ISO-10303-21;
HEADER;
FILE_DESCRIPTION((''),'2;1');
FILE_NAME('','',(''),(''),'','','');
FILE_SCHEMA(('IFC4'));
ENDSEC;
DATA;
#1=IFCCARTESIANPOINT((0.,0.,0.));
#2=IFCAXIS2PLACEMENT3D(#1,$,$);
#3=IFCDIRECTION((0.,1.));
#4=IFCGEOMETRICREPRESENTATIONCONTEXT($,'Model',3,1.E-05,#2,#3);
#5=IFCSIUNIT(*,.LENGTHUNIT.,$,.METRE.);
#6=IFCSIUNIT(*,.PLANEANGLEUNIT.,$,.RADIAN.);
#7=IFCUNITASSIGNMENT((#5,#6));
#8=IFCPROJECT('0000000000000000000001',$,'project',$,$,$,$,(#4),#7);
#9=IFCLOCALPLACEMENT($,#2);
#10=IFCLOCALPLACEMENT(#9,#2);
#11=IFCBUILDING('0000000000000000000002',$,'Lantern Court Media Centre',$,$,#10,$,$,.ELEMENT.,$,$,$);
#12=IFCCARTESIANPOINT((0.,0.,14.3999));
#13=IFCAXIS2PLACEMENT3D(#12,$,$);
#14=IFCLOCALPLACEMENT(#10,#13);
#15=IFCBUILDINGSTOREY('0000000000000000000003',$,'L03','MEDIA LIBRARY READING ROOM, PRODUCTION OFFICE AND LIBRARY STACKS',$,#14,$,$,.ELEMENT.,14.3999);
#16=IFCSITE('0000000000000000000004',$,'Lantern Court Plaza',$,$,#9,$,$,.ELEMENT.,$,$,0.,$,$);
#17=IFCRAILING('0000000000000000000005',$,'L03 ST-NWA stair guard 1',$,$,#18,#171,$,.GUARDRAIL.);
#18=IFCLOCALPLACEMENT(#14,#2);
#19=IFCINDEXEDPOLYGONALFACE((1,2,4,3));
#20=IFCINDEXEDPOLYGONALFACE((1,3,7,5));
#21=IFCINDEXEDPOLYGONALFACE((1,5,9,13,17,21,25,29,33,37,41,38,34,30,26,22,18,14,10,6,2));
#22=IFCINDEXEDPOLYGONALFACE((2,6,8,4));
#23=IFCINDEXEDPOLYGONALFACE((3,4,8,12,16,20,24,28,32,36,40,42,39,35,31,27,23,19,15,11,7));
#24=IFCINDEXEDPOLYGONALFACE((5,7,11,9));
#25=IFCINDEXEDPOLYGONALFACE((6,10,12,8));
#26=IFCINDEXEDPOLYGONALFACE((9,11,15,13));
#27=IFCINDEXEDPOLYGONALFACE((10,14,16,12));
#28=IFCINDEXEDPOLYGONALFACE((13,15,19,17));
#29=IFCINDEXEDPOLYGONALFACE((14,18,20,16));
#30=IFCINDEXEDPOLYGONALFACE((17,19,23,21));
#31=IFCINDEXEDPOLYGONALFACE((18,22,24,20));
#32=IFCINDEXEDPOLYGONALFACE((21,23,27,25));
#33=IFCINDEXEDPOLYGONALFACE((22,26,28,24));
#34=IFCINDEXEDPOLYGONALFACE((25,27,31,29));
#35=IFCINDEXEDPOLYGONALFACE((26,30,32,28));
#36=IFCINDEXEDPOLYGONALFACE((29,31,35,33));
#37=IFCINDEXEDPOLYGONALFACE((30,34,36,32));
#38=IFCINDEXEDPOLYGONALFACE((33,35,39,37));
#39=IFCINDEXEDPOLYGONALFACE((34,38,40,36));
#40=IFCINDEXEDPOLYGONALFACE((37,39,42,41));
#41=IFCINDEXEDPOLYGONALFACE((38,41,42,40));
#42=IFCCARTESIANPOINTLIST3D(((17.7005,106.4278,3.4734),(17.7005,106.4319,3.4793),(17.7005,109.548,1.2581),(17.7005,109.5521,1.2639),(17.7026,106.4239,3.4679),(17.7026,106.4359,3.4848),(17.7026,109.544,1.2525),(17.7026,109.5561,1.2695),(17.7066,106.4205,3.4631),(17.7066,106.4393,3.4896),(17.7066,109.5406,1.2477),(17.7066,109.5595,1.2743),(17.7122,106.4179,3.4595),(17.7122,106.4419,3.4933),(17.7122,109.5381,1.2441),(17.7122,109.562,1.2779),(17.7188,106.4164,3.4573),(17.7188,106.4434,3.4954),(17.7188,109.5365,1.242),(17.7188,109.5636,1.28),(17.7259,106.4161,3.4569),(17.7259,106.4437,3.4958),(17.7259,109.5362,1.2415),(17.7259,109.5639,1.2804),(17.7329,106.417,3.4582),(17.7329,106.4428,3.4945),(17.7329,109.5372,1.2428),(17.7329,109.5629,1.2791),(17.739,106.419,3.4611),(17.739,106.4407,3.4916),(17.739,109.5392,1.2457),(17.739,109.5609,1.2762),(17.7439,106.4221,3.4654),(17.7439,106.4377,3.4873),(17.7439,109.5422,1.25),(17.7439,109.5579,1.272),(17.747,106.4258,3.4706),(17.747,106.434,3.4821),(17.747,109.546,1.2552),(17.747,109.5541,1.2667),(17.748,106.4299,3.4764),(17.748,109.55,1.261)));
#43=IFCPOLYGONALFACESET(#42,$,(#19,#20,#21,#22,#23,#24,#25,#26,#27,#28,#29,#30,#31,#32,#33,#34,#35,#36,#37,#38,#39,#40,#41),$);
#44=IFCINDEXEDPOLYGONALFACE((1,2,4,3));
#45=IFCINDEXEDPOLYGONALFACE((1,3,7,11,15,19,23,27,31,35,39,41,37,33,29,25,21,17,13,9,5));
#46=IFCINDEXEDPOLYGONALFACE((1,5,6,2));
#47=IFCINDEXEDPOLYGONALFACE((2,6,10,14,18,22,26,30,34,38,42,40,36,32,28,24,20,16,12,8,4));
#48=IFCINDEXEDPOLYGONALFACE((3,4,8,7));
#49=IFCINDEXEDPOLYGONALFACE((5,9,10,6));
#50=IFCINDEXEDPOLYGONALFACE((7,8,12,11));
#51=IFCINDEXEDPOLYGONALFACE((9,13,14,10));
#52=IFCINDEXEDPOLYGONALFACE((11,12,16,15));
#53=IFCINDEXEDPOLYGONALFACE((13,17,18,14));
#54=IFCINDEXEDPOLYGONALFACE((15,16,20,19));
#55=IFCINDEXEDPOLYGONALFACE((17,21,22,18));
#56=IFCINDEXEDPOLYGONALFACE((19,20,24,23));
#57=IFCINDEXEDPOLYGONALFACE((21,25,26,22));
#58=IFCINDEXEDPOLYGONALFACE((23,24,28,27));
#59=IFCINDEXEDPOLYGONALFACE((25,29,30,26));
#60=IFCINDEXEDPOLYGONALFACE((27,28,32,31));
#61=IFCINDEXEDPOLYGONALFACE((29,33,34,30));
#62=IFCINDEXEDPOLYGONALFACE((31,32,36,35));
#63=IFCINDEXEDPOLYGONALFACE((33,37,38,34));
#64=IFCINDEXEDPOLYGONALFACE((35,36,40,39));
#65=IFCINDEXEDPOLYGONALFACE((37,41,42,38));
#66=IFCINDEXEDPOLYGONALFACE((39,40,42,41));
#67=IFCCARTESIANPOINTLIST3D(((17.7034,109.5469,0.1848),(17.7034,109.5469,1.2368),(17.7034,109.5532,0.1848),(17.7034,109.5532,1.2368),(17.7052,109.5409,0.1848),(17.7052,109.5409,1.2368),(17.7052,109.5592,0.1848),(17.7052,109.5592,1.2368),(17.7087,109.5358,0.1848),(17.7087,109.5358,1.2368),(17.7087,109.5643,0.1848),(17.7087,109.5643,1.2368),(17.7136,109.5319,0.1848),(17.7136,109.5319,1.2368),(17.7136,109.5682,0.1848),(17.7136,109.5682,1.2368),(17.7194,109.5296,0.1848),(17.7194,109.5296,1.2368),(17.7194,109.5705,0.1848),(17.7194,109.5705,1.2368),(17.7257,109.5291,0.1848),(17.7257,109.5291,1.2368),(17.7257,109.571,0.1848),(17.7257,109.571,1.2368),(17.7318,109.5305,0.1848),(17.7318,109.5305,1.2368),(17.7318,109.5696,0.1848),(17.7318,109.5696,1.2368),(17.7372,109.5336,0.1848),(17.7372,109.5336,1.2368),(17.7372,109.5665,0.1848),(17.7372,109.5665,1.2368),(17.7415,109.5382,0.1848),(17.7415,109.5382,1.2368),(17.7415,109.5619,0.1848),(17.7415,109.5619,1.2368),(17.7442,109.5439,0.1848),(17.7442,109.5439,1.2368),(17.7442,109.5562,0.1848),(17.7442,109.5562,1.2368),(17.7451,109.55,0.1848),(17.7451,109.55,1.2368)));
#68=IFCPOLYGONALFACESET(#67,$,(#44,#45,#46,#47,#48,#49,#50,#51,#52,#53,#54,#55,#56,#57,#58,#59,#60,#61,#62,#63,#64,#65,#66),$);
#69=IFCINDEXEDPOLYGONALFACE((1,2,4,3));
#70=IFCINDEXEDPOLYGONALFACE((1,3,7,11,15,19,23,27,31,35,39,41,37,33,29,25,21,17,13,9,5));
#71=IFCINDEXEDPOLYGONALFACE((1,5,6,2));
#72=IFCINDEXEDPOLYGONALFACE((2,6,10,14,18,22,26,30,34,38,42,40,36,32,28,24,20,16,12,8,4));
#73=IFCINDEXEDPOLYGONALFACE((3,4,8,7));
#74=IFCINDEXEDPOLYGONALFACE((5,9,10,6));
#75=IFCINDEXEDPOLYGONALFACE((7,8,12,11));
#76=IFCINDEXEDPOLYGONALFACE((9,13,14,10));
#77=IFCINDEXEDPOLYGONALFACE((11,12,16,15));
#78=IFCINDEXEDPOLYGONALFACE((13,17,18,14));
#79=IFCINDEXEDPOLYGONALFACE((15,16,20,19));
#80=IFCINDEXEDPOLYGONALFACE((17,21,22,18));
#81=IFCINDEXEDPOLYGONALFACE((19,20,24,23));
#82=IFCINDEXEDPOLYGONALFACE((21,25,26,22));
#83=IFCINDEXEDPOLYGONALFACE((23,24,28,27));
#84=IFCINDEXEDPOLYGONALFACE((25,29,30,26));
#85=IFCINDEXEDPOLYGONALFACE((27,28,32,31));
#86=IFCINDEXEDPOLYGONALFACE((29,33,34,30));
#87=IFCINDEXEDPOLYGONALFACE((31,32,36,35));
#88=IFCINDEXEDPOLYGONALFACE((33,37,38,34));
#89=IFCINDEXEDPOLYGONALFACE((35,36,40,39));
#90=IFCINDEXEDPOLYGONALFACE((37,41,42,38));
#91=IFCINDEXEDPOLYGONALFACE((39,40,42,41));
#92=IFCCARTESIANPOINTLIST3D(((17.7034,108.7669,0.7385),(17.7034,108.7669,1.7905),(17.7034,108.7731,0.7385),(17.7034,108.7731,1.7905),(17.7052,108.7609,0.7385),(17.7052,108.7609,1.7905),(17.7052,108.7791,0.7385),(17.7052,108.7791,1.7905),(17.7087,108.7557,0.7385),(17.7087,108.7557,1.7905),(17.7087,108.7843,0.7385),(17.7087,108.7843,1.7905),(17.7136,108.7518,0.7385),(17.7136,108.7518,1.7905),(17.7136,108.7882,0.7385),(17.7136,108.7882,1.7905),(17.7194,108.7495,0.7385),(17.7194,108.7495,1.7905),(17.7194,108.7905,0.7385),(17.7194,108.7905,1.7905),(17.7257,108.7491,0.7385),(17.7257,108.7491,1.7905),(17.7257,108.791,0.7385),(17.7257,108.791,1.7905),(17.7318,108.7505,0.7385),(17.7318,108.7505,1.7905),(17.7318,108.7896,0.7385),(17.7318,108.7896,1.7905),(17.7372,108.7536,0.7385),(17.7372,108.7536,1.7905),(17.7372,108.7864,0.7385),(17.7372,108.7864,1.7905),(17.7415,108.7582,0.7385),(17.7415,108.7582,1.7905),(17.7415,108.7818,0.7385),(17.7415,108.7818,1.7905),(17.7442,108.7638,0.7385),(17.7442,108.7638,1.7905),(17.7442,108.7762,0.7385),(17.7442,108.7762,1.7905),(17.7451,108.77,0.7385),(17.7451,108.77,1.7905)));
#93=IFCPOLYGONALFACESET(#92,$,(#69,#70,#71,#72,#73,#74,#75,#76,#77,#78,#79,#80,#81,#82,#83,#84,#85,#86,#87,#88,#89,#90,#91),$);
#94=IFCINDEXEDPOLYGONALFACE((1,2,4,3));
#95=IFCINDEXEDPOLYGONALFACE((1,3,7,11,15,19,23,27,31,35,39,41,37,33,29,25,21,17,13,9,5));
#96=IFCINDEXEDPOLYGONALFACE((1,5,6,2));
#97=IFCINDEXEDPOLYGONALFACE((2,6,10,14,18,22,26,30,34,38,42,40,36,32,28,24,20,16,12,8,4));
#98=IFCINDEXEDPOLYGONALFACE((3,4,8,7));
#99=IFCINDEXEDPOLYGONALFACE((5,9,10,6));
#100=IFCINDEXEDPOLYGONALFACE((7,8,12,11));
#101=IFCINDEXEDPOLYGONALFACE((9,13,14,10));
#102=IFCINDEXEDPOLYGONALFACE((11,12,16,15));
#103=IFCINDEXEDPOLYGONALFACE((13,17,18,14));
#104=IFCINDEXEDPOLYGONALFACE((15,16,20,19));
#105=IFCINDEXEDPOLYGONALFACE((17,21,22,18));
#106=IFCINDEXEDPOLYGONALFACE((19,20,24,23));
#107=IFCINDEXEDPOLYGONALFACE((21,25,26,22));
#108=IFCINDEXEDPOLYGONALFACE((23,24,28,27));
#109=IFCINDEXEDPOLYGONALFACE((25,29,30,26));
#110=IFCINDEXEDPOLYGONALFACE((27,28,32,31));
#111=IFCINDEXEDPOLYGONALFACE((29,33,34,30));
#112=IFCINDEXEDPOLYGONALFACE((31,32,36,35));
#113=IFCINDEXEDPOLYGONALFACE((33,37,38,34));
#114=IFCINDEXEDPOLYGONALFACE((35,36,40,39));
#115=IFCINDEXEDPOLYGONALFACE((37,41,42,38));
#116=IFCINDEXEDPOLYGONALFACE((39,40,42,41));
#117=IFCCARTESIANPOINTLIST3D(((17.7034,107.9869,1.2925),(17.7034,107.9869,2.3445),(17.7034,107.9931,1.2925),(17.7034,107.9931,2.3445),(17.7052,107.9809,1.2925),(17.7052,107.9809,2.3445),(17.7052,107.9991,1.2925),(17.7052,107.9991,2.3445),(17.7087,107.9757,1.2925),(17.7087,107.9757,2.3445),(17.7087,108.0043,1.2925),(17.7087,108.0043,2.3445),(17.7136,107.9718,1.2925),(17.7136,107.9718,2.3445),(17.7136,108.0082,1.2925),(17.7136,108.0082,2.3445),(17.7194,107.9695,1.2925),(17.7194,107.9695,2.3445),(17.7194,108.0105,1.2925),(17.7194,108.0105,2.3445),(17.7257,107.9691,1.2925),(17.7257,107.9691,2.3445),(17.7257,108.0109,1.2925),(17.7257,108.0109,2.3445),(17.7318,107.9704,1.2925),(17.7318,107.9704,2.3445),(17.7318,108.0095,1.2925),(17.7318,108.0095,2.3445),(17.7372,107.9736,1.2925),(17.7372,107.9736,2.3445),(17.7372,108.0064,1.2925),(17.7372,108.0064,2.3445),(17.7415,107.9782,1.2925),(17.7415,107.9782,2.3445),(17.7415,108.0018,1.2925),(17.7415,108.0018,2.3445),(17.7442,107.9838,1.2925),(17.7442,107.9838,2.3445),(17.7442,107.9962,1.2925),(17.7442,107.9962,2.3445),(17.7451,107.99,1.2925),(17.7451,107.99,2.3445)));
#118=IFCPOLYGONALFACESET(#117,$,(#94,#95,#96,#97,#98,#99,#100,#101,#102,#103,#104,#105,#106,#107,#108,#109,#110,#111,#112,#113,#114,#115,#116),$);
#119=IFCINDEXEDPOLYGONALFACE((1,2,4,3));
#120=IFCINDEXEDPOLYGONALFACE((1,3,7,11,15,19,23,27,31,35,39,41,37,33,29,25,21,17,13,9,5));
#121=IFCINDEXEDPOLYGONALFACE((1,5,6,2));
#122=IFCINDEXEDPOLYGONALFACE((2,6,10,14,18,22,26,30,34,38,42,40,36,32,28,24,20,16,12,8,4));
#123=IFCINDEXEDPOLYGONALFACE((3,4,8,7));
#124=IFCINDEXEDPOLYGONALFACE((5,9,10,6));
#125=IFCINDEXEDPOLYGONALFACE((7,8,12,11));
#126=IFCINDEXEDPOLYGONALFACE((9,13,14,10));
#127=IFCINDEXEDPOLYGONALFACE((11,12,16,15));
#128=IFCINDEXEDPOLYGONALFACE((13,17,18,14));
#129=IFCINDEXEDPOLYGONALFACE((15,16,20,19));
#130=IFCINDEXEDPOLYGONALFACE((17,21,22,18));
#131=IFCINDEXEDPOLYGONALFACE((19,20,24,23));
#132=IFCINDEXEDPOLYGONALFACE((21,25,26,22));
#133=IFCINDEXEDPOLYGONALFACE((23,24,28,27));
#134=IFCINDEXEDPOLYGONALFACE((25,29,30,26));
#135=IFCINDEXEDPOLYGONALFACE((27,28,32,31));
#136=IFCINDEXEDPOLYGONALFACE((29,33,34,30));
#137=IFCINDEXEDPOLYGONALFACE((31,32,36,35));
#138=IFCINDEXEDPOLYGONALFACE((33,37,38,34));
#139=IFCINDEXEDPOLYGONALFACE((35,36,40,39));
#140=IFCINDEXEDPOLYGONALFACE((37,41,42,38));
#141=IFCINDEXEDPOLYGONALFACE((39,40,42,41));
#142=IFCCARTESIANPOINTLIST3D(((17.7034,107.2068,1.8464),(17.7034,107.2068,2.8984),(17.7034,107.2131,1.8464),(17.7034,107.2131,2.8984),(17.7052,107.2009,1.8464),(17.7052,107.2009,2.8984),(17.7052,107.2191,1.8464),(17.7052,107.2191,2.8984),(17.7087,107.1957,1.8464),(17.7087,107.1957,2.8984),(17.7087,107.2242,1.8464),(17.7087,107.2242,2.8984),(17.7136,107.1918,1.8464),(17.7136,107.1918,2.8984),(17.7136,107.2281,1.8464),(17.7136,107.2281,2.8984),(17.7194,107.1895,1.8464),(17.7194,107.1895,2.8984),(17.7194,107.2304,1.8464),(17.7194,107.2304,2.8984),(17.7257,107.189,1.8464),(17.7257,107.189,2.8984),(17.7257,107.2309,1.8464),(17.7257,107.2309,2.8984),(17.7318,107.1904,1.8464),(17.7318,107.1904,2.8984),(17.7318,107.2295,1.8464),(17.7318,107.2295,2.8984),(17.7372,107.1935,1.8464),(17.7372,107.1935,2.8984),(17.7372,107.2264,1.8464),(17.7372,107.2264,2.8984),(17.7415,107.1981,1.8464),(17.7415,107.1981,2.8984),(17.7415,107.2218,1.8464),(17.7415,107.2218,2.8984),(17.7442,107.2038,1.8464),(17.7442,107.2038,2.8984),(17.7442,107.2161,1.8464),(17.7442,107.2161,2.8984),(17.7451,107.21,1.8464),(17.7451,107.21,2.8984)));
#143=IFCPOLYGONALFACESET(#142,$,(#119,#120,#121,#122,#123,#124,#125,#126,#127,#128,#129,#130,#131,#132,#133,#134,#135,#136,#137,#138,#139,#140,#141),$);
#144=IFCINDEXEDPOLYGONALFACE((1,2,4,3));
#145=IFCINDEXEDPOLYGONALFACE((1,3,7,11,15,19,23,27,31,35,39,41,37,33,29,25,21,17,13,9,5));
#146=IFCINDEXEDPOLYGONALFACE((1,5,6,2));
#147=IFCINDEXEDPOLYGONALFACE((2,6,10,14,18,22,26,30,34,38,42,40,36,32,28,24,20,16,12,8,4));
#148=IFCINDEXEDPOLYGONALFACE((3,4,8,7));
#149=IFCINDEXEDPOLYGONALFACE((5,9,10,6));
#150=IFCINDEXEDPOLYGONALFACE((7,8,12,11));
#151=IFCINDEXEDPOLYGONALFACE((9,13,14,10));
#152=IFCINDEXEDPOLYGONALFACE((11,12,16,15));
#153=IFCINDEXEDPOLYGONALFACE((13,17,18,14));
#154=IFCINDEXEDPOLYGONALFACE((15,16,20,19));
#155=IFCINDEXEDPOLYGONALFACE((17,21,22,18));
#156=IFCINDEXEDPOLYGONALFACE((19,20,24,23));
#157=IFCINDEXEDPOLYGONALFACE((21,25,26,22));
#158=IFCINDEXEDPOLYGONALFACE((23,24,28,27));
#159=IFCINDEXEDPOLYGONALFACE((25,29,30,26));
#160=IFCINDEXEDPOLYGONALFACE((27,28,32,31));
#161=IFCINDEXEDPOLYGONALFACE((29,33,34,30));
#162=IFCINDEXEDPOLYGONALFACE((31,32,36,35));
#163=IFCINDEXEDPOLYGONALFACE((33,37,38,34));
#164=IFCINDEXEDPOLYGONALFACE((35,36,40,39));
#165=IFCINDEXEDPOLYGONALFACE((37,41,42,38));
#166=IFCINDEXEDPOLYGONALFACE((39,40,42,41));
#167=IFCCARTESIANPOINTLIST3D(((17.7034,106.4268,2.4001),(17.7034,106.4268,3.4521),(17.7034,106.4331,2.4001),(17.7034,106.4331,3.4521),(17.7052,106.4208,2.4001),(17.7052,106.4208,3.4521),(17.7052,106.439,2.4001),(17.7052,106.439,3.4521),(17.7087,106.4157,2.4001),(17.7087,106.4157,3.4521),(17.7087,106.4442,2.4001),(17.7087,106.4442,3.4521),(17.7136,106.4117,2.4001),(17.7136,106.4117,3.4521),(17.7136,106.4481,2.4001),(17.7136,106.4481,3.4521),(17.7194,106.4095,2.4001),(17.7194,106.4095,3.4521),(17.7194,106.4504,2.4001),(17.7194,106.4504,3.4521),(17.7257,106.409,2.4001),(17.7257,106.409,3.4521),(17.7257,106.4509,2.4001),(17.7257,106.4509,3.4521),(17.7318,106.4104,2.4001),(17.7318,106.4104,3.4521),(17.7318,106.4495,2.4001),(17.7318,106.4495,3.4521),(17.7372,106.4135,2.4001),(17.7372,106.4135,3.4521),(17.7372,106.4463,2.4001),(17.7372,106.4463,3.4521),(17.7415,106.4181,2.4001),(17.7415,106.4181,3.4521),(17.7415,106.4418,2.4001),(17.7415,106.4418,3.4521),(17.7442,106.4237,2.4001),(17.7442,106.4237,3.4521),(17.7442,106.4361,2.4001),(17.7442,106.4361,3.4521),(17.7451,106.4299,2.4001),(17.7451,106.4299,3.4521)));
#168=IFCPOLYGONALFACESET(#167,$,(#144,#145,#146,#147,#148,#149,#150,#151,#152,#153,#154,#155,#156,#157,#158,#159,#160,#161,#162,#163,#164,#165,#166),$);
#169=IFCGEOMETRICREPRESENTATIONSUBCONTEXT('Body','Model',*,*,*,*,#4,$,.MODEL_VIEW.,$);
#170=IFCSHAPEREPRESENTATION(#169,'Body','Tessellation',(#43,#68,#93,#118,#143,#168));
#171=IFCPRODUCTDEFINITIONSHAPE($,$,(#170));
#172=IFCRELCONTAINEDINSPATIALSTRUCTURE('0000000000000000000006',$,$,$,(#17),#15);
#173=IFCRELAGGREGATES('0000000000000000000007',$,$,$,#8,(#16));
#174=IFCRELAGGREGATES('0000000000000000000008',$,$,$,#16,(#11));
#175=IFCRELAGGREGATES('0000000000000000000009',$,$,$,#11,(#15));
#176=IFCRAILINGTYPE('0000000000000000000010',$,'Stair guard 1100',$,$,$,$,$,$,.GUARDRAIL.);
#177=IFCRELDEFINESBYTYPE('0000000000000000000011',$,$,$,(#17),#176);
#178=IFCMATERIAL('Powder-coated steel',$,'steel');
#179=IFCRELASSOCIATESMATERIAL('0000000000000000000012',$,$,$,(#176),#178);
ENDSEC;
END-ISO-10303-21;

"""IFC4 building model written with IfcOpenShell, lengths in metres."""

from ifc_helpers import new_model, si_unit, direction, frame, origin, origin_2d, place, context, subcontext, project, spatial, circle, extrude, material, type_object, element, save


model = new_model("IFC4")

# Units and contexts
model_context = context("Model", 3, precision=1e-05, world=origin(), true_north=direction((0.0, 1.0)))
body_context = subcontext(model_context, "Body", "Model", "MODEL_VIEW")
ifc_project = project(units=[si_unit("LENGTHUNIT", "METRE"), si_unit("PLANEANGLEUNIT", "RADIAN")], contexts=[model_context])

# Site, building, storey
site_placement = place(None, origin())
site = spatial("IfcSite", under=ifc_project, at=site_placement, Name="Lantern Court Plaza", CompositionType="ELEMENT", RefElevation=0.0)
building_placement = place(site_placement, origin())
building = spatial("IfcBuilding", under=site, at=building_placement, Name="Lantern Court Media Centre", CompositionType="ELEMENT")
storey_placement = place(building_placement, frame((0.0, 0.0, 14.3999)))
storey = spatial("IfcBuildingStorey", under=building, at=storey_placement, Name="L03", Description="MEDIA LIBRARY READING ROOM, PRODUCTION OFFICE AND LIBRARY STACKS", CompositionType="ELEMENT", Elevation=14.3999)

# Shared definitions
ifc_material_1 = material(Name="Powder-coated steel", Category="steel")

# Railing
railing_type_1 = type_object("IfcRailingType", Name="Stair guard 1100", PredefinedType="GUARDRAIL", material=ifc_material_1)
railing_1_placement = place(storey_placement, frame((17.7241, 109.55, 0.1848)))
element("IfcRailing", 1, at=railing_1_placement, inside=storey, type_object=railing_type_1, Name="L03 ST-NWA stair guard 1", PredefinedType="GUARDRAIL", context=body_context, shape_type="SweptSolid", body=[
    extrude(circle(Radius=0.0239, at=origin_2d()), frame((0.0, 0.0, 1.0762), z_axis=(0.0, -0.815377, 0.57893), x_axis=(1.0, 0.0, 0.0)), (0.0, 0.0, 1.0), 3.8267),
    extrude(circle(Radius=0.021, at=origin_2d()), origin(), (0.0, 0.0, 1.0), 1.052),
    extrude(circle(Radius=0.021, at=origin_2d()), frame((0.0, -0.78, 0.5537)), (0.0, 0.0, 1.0), 1.052),
    extrude(circle(Radius=0.021, at=origin_2d()), frame((0.0, -1.5601, 1.1077)), (0.0, 0.0, 1.0), 1.052),
    extrude(circle(Radius=0.021, at=origin_2d()), frame((0.0, -2.3401, 1.6616)), (0.0, 0.0, 1.0), 1.052),
    extrude(circle(Radius=0.021, at=origin_2d()), frame((0.0, -3.1201, 2.2153)), (0.0, 0.0, 1.0), 1.052),
])

save(model, "model.ifc")
